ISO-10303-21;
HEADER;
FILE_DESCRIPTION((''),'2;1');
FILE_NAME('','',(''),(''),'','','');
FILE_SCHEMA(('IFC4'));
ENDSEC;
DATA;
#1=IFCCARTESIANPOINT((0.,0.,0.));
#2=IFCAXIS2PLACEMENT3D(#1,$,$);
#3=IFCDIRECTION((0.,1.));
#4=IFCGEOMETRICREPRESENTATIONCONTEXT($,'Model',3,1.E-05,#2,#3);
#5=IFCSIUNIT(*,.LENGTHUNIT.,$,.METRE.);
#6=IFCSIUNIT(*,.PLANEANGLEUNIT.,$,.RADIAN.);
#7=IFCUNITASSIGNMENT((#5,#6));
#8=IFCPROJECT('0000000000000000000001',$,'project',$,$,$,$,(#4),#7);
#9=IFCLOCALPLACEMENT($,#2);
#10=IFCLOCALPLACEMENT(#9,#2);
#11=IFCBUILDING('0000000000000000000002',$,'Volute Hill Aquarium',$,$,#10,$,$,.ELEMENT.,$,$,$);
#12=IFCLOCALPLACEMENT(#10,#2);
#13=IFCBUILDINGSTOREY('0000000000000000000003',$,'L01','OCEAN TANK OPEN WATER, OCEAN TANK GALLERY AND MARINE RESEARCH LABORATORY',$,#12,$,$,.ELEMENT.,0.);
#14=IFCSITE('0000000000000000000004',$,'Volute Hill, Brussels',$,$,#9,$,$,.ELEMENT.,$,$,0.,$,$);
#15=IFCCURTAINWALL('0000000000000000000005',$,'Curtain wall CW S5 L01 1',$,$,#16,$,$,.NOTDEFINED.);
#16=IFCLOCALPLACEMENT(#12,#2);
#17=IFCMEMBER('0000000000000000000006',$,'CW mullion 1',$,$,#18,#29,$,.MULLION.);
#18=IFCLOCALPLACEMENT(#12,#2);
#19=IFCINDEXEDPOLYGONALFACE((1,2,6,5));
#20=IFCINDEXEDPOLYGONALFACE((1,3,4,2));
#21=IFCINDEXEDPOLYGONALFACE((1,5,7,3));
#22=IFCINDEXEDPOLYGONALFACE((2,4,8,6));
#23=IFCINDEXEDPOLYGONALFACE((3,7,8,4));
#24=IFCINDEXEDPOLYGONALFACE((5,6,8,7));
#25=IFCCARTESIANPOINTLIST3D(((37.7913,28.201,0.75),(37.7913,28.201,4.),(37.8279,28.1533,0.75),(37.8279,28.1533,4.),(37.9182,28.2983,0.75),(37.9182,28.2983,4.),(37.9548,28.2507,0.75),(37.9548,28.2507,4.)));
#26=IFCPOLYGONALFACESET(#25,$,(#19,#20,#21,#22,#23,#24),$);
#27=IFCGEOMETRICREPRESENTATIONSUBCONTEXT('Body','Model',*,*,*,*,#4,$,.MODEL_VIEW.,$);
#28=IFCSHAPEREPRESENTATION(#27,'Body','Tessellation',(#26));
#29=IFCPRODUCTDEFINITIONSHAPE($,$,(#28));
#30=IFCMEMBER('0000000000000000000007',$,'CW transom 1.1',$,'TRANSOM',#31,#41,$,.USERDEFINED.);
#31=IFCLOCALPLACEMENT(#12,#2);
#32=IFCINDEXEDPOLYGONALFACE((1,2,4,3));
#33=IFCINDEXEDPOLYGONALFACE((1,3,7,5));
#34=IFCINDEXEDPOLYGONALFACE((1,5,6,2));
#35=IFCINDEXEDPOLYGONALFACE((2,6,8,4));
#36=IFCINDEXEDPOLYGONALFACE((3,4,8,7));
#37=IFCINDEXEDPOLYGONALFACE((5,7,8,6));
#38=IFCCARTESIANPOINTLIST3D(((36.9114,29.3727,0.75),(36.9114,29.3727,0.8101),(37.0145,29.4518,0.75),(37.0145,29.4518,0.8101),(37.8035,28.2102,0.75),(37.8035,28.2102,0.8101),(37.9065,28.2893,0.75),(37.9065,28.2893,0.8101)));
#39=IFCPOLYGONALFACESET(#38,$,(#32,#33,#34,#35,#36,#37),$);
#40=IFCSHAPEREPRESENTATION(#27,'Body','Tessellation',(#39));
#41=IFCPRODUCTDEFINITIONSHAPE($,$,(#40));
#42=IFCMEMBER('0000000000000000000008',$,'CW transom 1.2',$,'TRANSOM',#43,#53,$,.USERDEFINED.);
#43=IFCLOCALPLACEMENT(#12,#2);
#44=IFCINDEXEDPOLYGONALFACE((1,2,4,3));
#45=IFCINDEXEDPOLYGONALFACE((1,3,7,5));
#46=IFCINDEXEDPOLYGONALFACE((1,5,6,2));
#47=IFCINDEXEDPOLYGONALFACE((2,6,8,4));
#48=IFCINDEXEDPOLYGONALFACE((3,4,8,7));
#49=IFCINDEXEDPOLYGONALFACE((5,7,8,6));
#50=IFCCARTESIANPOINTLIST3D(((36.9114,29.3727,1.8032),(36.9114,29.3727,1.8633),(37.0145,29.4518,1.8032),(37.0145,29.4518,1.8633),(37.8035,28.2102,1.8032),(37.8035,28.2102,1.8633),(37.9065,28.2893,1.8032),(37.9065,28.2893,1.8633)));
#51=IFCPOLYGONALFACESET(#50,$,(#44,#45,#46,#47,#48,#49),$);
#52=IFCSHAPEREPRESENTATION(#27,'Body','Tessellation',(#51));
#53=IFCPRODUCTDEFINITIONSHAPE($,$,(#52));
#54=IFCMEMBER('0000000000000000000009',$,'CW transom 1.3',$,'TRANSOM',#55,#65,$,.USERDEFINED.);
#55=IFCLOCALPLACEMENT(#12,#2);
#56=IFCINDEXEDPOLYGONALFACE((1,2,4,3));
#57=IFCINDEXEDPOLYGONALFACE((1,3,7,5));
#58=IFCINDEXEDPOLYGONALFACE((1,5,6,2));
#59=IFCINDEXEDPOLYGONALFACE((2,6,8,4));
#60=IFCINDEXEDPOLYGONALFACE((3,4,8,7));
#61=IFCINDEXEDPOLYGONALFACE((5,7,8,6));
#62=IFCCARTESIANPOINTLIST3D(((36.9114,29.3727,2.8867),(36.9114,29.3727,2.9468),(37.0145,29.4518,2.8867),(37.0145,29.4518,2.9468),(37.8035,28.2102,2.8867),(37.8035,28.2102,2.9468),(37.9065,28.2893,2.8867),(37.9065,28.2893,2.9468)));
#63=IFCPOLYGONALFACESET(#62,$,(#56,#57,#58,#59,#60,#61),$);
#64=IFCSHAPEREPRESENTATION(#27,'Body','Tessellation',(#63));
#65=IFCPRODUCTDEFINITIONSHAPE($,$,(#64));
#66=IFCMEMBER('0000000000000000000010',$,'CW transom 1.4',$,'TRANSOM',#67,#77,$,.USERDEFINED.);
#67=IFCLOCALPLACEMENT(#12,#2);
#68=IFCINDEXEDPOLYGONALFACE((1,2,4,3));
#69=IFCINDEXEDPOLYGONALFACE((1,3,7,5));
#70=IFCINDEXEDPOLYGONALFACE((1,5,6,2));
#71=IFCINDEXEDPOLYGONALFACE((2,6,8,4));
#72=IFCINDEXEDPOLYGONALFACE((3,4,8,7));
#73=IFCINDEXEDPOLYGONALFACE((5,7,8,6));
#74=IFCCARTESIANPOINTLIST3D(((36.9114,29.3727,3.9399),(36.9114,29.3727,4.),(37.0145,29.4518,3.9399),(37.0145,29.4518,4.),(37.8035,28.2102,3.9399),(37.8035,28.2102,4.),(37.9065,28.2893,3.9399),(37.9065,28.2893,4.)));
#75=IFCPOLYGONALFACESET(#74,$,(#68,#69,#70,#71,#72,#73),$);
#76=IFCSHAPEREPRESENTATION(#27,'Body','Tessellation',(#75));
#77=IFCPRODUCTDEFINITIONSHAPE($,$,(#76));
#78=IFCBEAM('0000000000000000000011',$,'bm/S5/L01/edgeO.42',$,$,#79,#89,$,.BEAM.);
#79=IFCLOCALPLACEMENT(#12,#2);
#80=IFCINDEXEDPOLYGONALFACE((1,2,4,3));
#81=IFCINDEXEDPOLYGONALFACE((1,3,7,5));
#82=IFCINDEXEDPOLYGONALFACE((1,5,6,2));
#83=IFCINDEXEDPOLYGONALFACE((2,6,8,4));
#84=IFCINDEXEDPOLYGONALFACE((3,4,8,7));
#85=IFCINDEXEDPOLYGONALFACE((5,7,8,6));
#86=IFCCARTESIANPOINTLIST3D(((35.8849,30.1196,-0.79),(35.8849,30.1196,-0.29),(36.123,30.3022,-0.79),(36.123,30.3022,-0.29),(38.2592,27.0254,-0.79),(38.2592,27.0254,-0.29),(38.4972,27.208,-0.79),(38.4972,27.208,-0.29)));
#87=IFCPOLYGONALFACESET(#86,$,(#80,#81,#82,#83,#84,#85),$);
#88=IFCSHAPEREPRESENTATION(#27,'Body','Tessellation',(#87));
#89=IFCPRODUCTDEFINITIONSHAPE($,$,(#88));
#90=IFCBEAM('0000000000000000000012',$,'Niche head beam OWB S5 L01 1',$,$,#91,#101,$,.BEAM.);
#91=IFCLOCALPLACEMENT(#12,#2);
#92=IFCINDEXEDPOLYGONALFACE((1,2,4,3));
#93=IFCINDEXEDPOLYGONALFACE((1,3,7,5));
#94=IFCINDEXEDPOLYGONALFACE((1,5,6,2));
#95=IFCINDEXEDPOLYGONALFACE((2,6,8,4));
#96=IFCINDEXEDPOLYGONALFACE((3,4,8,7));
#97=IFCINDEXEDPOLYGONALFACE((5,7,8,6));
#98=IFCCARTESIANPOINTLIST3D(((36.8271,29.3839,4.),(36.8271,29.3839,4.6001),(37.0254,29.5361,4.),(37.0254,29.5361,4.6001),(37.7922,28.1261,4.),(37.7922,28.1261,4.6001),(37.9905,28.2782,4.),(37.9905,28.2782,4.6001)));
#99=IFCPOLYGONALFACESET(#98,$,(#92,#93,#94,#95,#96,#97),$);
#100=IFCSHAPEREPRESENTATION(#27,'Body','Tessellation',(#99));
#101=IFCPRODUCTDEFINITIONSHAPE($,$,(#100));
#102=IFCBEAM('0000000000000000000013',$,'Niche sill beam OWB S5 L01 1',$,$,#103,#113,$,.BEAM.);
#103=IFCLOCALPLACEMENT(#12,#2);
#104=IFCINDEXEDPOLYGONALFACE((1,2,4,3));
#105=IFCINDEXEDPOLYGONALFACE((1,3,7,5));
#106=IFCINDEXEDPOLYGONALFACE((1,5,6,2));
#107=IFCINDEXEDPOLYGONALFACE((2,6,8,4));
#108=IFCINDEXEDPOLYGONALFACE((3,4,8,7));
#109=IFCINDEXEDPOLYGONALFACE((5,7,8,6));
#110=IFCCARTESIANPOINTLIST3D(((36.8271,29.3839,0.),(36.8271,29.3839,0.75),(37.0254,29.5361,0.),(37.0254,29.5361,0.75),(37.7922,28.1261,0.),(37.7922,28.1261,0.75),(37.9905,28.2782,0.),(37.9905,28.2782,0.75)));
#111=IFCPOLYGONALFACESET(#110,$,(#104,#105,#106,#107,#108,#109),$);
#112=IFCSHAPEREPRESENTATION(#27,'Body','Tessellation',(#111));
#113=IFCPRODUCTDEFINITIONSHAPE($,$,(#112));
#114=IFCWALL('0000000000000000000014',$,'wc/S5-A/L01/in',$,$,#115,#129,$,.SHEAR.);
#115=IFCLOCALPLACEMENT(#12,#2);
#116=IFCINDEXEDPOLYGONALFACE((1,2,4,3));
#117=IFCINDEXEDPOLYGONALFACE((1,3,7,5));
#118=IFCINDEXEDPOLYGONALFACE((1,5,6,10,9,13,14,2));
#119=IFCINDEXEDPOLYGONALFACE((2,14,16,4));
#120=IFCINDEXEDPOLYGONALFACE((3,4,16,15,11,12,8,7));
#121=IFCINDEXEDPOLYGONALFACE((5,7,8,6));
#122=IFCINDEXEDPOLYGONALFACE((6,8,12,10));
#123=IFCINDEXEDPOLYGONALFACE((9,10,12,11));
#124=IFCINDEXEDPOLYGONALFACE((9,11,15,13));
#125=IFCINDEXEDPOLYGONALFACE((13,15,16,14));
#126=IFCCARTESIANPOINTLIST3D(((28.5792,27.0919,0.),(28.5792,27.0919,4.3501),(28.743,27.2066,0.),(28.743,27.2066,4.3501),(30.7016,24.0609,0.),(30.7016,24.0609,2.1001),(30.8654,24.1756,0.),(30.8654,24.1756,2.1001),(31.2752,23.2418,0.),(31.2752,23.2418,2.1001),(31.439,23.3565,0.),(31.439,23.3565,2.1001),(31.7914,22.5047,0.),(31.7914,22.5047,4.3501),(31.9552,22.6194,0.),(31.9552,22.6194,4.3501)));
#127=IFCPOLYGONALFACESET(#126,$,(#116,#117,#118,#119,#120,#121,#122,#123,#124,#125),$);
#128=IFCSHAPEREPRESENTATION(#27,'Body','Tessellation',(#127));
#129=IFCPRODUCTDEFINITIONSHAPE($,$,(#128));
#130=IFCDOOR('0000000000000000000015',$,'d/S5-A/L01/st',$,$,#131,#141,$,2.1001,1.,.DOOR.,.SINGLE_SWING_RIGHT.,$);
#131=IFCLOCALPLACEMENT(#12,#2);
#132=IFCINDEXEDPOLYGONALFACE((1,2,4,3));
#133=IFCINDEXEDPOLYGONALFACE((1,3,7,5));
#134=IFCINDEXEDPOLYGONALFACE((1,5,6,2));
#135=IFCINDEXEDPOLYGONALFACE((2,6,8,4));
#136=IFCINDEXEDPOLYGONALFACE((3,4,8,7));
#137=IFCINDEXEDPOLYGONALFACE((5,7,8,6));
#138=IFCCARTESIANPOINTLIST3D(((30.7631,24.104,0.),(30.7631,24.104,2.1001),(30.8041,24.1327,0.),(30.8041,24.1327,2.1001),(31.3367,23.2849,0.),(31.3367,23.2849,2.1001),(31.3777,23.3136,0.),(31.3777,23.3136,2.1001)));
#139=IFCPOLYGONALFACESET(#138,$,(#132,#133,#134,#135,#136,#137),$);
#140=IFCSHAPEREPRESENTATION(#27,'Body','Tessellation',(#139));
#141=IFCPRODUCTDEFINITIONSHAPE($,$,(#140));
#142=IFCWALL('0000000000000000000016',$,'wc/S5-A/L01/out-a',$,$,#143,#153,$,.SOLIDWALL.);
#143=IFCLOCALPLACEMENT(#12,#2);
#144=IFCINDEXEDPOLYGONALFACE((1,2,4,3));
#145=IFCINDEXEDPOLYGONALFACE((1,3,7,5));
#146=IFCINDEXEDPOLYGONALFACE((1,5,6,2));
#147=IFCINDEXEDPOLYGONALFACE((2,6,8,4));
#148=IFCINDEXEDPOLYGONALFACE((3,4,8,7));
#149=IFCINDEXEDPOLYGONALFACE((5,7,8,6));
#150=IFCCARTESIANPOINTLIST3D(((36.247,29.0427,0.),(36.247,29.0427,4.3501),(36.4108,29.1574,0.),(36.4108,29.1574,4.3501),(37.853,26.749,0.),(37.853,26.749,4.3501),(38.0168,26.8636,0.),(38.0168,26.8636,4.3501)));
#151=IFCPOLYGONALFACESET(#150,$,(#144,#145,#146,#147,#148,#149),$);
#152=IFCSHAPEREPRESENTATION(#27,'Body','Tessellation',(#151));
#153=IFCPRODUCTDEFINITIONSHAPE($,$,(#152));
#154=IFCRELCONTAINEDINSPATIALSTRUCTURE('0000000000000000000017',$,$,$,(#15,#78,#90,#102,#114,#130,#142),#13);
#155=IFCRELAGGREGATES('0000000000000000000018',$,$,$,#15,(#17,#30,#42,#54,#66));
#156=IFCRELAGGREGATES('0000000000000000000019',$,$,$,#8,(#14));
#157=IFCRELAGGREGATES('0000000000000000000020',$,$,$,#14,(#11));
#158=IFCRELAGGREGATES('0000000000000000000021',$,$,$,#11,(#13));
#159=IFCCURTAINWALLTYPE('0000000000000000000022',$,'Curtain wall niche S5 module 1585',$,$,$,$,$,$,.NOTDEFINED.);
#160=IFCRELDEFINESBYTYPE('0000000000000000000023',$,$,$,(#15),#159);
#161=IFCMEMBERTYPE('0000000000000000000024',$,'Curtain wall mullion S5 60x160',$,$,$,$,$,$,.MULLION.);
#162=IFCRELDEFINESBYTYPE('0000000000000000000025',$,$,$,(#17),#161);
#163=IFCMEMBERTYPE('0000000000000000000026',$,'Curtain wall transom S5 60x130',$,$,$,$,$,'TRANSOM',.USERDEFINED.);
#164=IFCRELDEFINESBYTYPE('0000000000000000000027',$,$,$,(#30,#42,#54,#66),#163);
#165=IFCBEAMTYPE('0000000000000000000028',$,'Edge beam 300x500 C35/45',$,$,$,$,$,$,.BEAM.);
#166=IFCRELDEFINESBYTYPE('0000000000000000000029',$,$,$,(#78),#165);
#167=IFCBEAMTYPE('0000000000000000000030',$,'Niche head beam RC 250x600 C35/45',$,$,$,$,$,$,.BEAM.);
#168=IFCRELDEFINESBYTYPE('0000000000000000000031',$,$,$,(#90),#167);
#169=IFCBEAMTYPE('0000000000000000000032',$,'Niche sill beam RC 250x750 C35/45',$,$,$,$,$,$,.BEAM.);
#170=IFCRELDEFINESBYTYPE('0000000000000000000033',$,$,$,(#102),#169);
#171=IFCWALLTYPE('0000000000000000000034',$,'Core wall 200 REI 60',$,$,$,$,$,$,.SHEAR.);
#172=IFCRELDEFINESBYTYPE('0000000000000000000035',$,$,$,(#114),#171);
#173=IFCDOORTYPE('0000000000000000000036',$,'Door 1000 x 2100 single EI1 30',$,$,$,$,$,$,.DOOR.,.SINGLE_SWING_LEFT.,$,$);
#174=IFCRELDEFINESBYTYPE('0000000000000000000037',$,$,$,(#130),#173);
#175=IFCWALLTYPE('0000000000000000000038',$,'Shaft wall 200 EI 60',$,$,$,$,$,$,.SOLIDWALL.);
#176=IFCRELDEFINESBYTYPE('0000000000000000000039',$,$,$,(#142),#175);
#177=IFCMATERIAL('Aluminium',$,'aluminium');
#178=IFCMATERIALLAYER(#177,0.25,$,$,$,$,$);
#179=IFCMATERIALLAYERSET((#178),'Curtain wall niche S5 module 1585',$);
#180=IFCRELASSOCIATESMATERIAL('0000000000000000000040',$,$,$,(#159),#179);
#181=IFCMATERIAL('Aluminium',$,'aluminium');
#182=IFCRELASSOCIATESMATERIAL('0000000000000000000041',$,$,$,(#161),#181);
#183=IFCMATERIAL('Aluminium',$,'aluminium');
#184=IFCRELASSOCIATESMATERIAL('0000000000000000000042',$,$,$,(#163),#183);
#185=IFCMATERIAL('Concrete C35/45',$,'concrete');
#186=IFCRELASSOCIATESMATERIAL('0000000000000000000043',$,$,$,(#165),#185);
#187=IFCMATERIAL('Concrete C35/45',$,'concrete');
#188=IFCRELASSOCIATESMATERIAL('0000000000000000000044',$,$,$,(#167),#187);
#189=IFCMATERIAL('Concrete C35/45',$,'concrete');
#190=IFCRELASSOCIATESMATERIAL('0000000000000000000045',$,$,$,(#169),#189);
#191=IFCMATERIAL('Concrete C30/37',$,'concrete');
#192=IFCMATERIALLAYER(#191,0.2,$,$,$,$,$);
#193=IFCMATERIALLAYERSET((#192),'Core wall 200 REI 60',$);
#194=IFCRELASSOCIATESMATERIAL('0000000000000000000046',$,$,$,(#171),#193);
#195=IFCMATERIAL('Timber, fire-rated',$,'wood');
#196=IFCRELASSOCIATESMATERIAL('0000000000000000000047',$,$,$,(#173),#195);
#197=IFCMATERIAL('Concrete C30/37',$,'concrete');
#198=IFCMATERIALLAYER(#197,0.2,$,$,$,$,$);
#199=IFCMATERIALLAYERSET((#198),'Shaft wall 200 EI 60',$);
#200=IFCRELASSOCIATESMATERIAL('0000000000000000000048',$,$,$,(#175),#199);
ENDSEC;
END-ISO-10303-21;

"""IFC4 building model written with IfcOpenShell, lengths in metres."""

from ifc_helpers import new_model, si_unit, direction, frame, frame_2d, origin, origin_2d, place, context, subcontext, project, spatial, rectangle, extrude, material, layer, layer_set, material_profile, profile_set, type_object, element, fill, aggregate, save


model = new_model("IFC4")

# Units and contexts
model_context = context("Model", 3, precision=1e-05, world=origin(), true_north=direction((0.0, 1.0)))
body_context = subcontext(model_context, "Body", "Model", "MODEL_VIEW")
ifc_project = project(units=[si_unit("LENGTHUNIT", "METRE"), si_unit("PLANEANGLEUNIT", "RADIAN")], contexts=[model_context])

# Site, building, storey
site_placement = place(None, origin())
site = spatial("IfcSite", under=ifc_project, at=site_placement, Name="Volute Hill, Brussels", CompositionType="ELEMENT", RefElevation=0.0)
building_placement = place(site_placement, origin())
building = spatial("IfcBuilding", under=site, at=building_placement, Name="Volute Hill Aquarium", CompositionType="ELEMENT")
storey_placement = place(building_placement, origin())
storey = spatial("IfcBuildingStorey", under=building, at=storey_placement, Name="L01", Description="OCEAN TANK OPEN WATER, OCEAN TANK GALLERY AND MARINE RESEARCH LABORATORY", CompositionType="ELEMENT", Elevation=0.0)

# Curtain wall, members
ifc_material_1 = material(Name="Aluminium", Category="aluminium")
ifc_layer_1 = layer(ifc_material_1, 0.25)
ifc_layer_set_1 = layer_set([ifc_layer_1], Name="Curtain wall niche S5 module 1585")
curtain_wall_type = type_object("IfcCurtainWallType", Name="Curtain wall niche S5 module 1585", PredefinedType="NOTDEFINED", material=ifc_layer_set_1)
curtain_wall_placement = place(storey_placement, origin())
curtain_wall = element("IfcCurtainWall", 1, at=curtain_wall_placement, inside=storey, type_object=curtain_wall_type, Name="Curtain wall CW S5 L01 1", PredefinedType="NOTDEFINED")
ifc_material_2 = material(Name="Aluminium", Category="aluminium")
ifc_material_profile_1 = material_profile(ifc_material_2, rectangle(XDim=0.1599, YDim=0.0601, at=origin_2d()), Name="Curtain wall mullion S5 60x160")
ifc_profile_set_1 = profile_set([ifc_material_profile_1], Name="Aluminium")
member_type_1 = type_object("IfcMemberType", Name="Curtain wall mullion S5 60x160", PredefinedType="MULLION", material=ifc_profile_set_1)
member_1_placement = place(storey_placement, frame((37.873, 28.2258, 0.75), z_axis=(0.0, 0.0, 1.0), x_axis=(-0.793361, -0.608752, 0.0)))
member_1 = element("IfcMember", 2, at=member_1_placement, type_object=member_type_1, Name="CW mullion 1", PredefinedType="MULLION", context=body_context, shape_type="SweptSolid", body=[
    extrude(rectangle(XDim=0.1599, YDim=0.0601, at=origin_2d()), origin(), (0.0, 0.0, 1.0), 3.25),
])
ifc_material_3 = material(Name="Aluminium", Category="aluminium")
ifc_material_profile_2 = material_profile(ifc_material_3, rectangle(XDim=0.1299, YDim=0.0601, at=origin_2d()), Name="Curtain wall transom S5 60x130")
ifc_profile_set_2 = profile_set([ifc_material_profile_2], Name="Aluminium")
member_type_2 = type_object("IfcMemberType", Name="Curtain wall transom S5 60x130", ElementType="TRANSOM", PredefinedType="USERDEFINED", material=ifc_profile_set_2)
member_2_placement = place(storey_placement, frame((37.855, 28.2498, 0.78), z_axis=(-0.60876, 0.793354, 0.0), x_axis=(-0.793354, -0.60876, 0.0)))
member_2 = element("IfcMember", 3, at=member_2_placement, type_object=member_type_2, Name="CW transom 1.1", ObjectType="TRANSOM", PredefinedType="USERDEFINED", context=body_context, shape_type="SweptSolid", body=[
    extrude(rectangle(XDim=0.1299, YDim=0.0601, at=origin_2d()), origin(), (0.0, 0.0, 1.0), 1.4653),
])
member_3_placement = place(storey_placement, frame((37.855, 28.2498, 1.8333), z_axis=(-0.60876, 0.793354, 0.0), x_axis=(-0.793354, -0.60876, 0.0)))
member_3 = element("IfcMember", 4, at=member_3_placement, type_object=member_type_2, Name="CW transom 1.2", ObjectType="TRANSOM", PredefinedType="USERDEFINED", context=body_context, shape_type="SweptSolid", body=[
    extrude(rectangle(XDim=0.1299, YDim=0.0601, at=origin_2d()), origin(), (0.0, 0.0, 1.0), 1.4653),
])
member_4_placement = place(storey_placement, frame((37.855, 28.2498, 2.9167), z_axis=(-0.60876, 0.793354, 0.0), x_axis=(-0.793354, -0.60876, 0.0)))
member_4 = element("IfcMember", 5, at=member_4_placement, type_object=member_type_2, Name="CW transom 1.3", ObjectType="TRANSOM", PredefinedType="USERDEFINED", context=body_context, shape_type="SweptSolid", body=[
    extrude(rectangle(XDim=0.1299, YDim=0.0601, at=origin_2d()), origin(), (0.0, 0.0, 1.0), 1.4653),
])
member_5_placement = place(storey_placement, frame((37.855, 28.2498, 3.97), z_axis=(-0.60876, 0.793354, 0.0), x_axis=(-0.793354, -0.60876, 0.0)))
member_5 = element("IfcMember", 6, at=member_5_placement, type_object=member_type_2, Name="CW transom 1.4", ObjectType="TRANSOM", PredefinedType="USERDEFINED", context=body_context, shape_type="SweptSolid", body=[
    extrude(rectangle(XDim=0.1299, YDim=0.0601, at=origin_2d()), origin(), (0.0, 0.0, 1.0), 1.4653),
])
aggregate(curtain_wall, [member_1, member_2, member_3, member_4, member_5])

# Beams
ifc_material_4 = material(Name="Concrete C35/45", Category="concrete")
ifc_material_profile_3 = material_profile(ifc_material_4, rectangle(XDim=0.3, YDim=0.5, at=origin_2d()), Name="RC edge beam 300x500")
ifc_profile_set_3 = profile_set([ifc_material_profile_3], Name="Concrete C35/45")
beam_type_1 = type_object("IfcBeamType", Name="Edge beam 300x500 C35/45", PredefinedType="BEAM", material=ifc_profile_set_3)
beam_1_placement = place(storey_placement, frame((38.3782, 27.1167, -0.54), z_axis=(-0.608757, 0.793356, 0.0), x_axis=(-0.793356, -0.608757, 0.0)))
element("IfcBeam", 7, at=beam_1_placement, inside=storey, type_object=beam_type_1, Name="bm/S5/L01/edgeO.42", PredefinedType="BEAM", context=body_context, shape_type="SweptSolid", body=[
    extrude(rectangle(XDim=0.3, YDim=0.5, at=origin_2d()), origin(), (0.0, 0.0, 1.0), 3.9001),
])
ifc_material_5 = material(Name="Concrete C35/45", Category="concrete")
ifc_material_profile_4 = material_profile(ifc_material_5, rectangle(XDim=0.25, YDim=0.6001, at=origin_2d()), Name="RC beam 250x600")
ifc_profile_set_4 = profile_set([ifc_material_profile_4], Name="Concrete C35/45")
beam_type_2 = type_object("IfcBeamType", Name="Niche head beam RC 250x600 C35/45", PredefinedType="BEAM", material=ifc_profile_set_4)
beam_2_placement = place(storey_placement, frame((37.8914, 28.2021, 4.3), z_axis=(-0.608735, 0.793373, 0.0), x_axis=(-0.793373, -0.608735, 0.0)))
element("IfcBeam", 8, at=beam_2_placement, inside=storey, type_object=beam_type_2, Name="Niche head beam OWB S5 L01 1", PredefinedType="BEAM", context=body_context, shape_type="SweptSolid", body=[
    extrude(rectangle(XDim=0.25, YDim=0.6001, at=origin_2d()), origin(), (0.0, 0.0, 1.0), 1.5854),
])
ifc_material_6 = material(Name="Concrete C35/45", Category="concrete")
ifc_material_profile_5 = material_profile(ifc_material_6, rectangle(XDim=0.25, YDim=0.75, at=origin_2d()), Name="RC beam 250x750")
ifc_profile_set_5 = profile_set([ifc_material_profile_5], Name="Concrete C35/45")
beam_type_3 = type_object("IfcBeamType", Name="Niche sill beam RC 250x750 C35/45", PredefinedType="BEAM", material=ifc_profile_set_5)
beam_3_placement = place(storey_placement, frame((37.8914, 28.2021, 0.375), z_axis=(-0.608735, 0.793373, 0.0), x_axis=(-0.793373, -0.608735, 0.0)))
element("IfcBeam", 9, at=beam_3_placement, inside=storey, type_object=beam_type_3, Name="Niche sill beam OWB S5 L01 1", PredefinedType="BEAM", context=body_context, shape_type="SweptSolid", body=[
    extrude(rectangle(XDim=0.25, YDim=0.75, at=origin_2d()), origin(), (0.0, 0.0, 1.0), 1.5854),
])

# Wall, opening, door
ifc_material_7 = material(Name="Concrete C30/37", Category="concrete")
ifc_layer_2 = layer(ifc_material_7, 0.2)
ifc_layer_set_2 = layer_set([ifc_layer_2], Name="Core wall 200 REI 60")
wall_type_1 = type_object("IfcWallType", Name="Core wall 200 REI 60", PredefinedType="SHEAR", material=ifc_layer_set_2)
wall_1_placement = place(storey_placement, frame((31.8733, 22.562, 0.0), z_axis=(0.0, 0.0, 1.0), x_axis=(-0.5736, 0.819136, 0.0)))
wall_1 = element("IfcWall", 10, at=wall_1_placement, inside=storey, type_object=wall_type_1, Name="wc/S5-A/L01/in", PredefinedType="SHEAR", context=body_context, shape_type="SweptSolid", body=[
    extrude(rectangle(XDim=5.6001, YDim=0.2, at=frame_2d((2.8, 0.0))), origin(), (0.0, 0.0, 1.0), 4.3501),
])
opening_1_placement = place(wall_1_placement, frame((0.8999, 0.0, 0.0)))
opening_1 = element("IfcOpeningElement", 11, at=opening_1_placement, cuts=wall_1, PredefinedType="OPENING", context=body_context, shape_type="SweptSolid", body=[
    extrude(rectangle(XDim=1.0, YDim=2.1001, at=frame_2d((0.5, 1.05))), frame((0.0, 0.1099, 0.0), z_axis=(0.0, -1.0, 0.0), x_axis=(1.0, 0.0, 0.0)), (0.0, 0.0, 1.0), 0.22),
])
ifc_material_8 = material(Name="Timber, fire-rated", Category="wood")
door_type_1 = type_object("IfcDoorType", Name="Door 1000 x 2100 single EI1 30", OperationType="SINGLE_SWING_LEFT", PredefinedType="DOOR", material=ifc_material_8)
door_1_placement = place(opening_1_placement, origin())
door_1 = element("IfcDoor", 12, at=door_1_placement, inside=storey, type_object=door_type_1, Name="d/S5-A/L01/st", OperationType="SINGLE_SWING_RIGHT", OverallHeight=2.1001, OverallWidth=1.0, PredefinedType="DOOR", context=body_context, shape_type="SweptSolid", body=[
    extrude(rectangle(XDim=1.0, YDim=2.1001, at=frame_2d((0.5, 1.05))), frame((0.0, 0.0249, 0.0), z_axis=(0.0, -1.0, 0.0), x_axis=(1.0, 0.0, 0.0)), (0.0, 0.0, 1.0), 0.05),
])
fill(opening_1, door_1)

# Wall
ifc_material_9 = material(Name="Concrete C30/37", Category="concrete")
ifc_layer_3 = layer(ifc_material_9, 0.2)
ifc_layer_set_3 = layer_set([ifc_layer_3], Name="Shaft wall 200 EI 60")
wall_type_2 = type_object("IfcWallType", Name="Shaft wall 200 EI 60", PredefinedType="SOLIDWALL", material=ifc_layer_set_3)
wall_2_placement = place(storey_placement, frame((37.9348, 26.8064, 0.0), z_axis=(0.0, 0.0, 1.0), x_axis=(-0.57355, 0.81917, 0.0)))
element("IfcWall", 13, at=wall_2_placement, inside=storey, type_object=wall_type_2, Name="wc/S5-A/L01/out-a", PredefinedType="SOLIDWALL", context=body_context, shape_type="SweptSolid", body=[
    extrude(rectangle(XDim=2.8, YDim=0.2, at=frame_2d((1.3999, 0.0))), origin(), (0.0, 0.0, 1.0), 4.3501),
])

save(model, "model.ifc")
